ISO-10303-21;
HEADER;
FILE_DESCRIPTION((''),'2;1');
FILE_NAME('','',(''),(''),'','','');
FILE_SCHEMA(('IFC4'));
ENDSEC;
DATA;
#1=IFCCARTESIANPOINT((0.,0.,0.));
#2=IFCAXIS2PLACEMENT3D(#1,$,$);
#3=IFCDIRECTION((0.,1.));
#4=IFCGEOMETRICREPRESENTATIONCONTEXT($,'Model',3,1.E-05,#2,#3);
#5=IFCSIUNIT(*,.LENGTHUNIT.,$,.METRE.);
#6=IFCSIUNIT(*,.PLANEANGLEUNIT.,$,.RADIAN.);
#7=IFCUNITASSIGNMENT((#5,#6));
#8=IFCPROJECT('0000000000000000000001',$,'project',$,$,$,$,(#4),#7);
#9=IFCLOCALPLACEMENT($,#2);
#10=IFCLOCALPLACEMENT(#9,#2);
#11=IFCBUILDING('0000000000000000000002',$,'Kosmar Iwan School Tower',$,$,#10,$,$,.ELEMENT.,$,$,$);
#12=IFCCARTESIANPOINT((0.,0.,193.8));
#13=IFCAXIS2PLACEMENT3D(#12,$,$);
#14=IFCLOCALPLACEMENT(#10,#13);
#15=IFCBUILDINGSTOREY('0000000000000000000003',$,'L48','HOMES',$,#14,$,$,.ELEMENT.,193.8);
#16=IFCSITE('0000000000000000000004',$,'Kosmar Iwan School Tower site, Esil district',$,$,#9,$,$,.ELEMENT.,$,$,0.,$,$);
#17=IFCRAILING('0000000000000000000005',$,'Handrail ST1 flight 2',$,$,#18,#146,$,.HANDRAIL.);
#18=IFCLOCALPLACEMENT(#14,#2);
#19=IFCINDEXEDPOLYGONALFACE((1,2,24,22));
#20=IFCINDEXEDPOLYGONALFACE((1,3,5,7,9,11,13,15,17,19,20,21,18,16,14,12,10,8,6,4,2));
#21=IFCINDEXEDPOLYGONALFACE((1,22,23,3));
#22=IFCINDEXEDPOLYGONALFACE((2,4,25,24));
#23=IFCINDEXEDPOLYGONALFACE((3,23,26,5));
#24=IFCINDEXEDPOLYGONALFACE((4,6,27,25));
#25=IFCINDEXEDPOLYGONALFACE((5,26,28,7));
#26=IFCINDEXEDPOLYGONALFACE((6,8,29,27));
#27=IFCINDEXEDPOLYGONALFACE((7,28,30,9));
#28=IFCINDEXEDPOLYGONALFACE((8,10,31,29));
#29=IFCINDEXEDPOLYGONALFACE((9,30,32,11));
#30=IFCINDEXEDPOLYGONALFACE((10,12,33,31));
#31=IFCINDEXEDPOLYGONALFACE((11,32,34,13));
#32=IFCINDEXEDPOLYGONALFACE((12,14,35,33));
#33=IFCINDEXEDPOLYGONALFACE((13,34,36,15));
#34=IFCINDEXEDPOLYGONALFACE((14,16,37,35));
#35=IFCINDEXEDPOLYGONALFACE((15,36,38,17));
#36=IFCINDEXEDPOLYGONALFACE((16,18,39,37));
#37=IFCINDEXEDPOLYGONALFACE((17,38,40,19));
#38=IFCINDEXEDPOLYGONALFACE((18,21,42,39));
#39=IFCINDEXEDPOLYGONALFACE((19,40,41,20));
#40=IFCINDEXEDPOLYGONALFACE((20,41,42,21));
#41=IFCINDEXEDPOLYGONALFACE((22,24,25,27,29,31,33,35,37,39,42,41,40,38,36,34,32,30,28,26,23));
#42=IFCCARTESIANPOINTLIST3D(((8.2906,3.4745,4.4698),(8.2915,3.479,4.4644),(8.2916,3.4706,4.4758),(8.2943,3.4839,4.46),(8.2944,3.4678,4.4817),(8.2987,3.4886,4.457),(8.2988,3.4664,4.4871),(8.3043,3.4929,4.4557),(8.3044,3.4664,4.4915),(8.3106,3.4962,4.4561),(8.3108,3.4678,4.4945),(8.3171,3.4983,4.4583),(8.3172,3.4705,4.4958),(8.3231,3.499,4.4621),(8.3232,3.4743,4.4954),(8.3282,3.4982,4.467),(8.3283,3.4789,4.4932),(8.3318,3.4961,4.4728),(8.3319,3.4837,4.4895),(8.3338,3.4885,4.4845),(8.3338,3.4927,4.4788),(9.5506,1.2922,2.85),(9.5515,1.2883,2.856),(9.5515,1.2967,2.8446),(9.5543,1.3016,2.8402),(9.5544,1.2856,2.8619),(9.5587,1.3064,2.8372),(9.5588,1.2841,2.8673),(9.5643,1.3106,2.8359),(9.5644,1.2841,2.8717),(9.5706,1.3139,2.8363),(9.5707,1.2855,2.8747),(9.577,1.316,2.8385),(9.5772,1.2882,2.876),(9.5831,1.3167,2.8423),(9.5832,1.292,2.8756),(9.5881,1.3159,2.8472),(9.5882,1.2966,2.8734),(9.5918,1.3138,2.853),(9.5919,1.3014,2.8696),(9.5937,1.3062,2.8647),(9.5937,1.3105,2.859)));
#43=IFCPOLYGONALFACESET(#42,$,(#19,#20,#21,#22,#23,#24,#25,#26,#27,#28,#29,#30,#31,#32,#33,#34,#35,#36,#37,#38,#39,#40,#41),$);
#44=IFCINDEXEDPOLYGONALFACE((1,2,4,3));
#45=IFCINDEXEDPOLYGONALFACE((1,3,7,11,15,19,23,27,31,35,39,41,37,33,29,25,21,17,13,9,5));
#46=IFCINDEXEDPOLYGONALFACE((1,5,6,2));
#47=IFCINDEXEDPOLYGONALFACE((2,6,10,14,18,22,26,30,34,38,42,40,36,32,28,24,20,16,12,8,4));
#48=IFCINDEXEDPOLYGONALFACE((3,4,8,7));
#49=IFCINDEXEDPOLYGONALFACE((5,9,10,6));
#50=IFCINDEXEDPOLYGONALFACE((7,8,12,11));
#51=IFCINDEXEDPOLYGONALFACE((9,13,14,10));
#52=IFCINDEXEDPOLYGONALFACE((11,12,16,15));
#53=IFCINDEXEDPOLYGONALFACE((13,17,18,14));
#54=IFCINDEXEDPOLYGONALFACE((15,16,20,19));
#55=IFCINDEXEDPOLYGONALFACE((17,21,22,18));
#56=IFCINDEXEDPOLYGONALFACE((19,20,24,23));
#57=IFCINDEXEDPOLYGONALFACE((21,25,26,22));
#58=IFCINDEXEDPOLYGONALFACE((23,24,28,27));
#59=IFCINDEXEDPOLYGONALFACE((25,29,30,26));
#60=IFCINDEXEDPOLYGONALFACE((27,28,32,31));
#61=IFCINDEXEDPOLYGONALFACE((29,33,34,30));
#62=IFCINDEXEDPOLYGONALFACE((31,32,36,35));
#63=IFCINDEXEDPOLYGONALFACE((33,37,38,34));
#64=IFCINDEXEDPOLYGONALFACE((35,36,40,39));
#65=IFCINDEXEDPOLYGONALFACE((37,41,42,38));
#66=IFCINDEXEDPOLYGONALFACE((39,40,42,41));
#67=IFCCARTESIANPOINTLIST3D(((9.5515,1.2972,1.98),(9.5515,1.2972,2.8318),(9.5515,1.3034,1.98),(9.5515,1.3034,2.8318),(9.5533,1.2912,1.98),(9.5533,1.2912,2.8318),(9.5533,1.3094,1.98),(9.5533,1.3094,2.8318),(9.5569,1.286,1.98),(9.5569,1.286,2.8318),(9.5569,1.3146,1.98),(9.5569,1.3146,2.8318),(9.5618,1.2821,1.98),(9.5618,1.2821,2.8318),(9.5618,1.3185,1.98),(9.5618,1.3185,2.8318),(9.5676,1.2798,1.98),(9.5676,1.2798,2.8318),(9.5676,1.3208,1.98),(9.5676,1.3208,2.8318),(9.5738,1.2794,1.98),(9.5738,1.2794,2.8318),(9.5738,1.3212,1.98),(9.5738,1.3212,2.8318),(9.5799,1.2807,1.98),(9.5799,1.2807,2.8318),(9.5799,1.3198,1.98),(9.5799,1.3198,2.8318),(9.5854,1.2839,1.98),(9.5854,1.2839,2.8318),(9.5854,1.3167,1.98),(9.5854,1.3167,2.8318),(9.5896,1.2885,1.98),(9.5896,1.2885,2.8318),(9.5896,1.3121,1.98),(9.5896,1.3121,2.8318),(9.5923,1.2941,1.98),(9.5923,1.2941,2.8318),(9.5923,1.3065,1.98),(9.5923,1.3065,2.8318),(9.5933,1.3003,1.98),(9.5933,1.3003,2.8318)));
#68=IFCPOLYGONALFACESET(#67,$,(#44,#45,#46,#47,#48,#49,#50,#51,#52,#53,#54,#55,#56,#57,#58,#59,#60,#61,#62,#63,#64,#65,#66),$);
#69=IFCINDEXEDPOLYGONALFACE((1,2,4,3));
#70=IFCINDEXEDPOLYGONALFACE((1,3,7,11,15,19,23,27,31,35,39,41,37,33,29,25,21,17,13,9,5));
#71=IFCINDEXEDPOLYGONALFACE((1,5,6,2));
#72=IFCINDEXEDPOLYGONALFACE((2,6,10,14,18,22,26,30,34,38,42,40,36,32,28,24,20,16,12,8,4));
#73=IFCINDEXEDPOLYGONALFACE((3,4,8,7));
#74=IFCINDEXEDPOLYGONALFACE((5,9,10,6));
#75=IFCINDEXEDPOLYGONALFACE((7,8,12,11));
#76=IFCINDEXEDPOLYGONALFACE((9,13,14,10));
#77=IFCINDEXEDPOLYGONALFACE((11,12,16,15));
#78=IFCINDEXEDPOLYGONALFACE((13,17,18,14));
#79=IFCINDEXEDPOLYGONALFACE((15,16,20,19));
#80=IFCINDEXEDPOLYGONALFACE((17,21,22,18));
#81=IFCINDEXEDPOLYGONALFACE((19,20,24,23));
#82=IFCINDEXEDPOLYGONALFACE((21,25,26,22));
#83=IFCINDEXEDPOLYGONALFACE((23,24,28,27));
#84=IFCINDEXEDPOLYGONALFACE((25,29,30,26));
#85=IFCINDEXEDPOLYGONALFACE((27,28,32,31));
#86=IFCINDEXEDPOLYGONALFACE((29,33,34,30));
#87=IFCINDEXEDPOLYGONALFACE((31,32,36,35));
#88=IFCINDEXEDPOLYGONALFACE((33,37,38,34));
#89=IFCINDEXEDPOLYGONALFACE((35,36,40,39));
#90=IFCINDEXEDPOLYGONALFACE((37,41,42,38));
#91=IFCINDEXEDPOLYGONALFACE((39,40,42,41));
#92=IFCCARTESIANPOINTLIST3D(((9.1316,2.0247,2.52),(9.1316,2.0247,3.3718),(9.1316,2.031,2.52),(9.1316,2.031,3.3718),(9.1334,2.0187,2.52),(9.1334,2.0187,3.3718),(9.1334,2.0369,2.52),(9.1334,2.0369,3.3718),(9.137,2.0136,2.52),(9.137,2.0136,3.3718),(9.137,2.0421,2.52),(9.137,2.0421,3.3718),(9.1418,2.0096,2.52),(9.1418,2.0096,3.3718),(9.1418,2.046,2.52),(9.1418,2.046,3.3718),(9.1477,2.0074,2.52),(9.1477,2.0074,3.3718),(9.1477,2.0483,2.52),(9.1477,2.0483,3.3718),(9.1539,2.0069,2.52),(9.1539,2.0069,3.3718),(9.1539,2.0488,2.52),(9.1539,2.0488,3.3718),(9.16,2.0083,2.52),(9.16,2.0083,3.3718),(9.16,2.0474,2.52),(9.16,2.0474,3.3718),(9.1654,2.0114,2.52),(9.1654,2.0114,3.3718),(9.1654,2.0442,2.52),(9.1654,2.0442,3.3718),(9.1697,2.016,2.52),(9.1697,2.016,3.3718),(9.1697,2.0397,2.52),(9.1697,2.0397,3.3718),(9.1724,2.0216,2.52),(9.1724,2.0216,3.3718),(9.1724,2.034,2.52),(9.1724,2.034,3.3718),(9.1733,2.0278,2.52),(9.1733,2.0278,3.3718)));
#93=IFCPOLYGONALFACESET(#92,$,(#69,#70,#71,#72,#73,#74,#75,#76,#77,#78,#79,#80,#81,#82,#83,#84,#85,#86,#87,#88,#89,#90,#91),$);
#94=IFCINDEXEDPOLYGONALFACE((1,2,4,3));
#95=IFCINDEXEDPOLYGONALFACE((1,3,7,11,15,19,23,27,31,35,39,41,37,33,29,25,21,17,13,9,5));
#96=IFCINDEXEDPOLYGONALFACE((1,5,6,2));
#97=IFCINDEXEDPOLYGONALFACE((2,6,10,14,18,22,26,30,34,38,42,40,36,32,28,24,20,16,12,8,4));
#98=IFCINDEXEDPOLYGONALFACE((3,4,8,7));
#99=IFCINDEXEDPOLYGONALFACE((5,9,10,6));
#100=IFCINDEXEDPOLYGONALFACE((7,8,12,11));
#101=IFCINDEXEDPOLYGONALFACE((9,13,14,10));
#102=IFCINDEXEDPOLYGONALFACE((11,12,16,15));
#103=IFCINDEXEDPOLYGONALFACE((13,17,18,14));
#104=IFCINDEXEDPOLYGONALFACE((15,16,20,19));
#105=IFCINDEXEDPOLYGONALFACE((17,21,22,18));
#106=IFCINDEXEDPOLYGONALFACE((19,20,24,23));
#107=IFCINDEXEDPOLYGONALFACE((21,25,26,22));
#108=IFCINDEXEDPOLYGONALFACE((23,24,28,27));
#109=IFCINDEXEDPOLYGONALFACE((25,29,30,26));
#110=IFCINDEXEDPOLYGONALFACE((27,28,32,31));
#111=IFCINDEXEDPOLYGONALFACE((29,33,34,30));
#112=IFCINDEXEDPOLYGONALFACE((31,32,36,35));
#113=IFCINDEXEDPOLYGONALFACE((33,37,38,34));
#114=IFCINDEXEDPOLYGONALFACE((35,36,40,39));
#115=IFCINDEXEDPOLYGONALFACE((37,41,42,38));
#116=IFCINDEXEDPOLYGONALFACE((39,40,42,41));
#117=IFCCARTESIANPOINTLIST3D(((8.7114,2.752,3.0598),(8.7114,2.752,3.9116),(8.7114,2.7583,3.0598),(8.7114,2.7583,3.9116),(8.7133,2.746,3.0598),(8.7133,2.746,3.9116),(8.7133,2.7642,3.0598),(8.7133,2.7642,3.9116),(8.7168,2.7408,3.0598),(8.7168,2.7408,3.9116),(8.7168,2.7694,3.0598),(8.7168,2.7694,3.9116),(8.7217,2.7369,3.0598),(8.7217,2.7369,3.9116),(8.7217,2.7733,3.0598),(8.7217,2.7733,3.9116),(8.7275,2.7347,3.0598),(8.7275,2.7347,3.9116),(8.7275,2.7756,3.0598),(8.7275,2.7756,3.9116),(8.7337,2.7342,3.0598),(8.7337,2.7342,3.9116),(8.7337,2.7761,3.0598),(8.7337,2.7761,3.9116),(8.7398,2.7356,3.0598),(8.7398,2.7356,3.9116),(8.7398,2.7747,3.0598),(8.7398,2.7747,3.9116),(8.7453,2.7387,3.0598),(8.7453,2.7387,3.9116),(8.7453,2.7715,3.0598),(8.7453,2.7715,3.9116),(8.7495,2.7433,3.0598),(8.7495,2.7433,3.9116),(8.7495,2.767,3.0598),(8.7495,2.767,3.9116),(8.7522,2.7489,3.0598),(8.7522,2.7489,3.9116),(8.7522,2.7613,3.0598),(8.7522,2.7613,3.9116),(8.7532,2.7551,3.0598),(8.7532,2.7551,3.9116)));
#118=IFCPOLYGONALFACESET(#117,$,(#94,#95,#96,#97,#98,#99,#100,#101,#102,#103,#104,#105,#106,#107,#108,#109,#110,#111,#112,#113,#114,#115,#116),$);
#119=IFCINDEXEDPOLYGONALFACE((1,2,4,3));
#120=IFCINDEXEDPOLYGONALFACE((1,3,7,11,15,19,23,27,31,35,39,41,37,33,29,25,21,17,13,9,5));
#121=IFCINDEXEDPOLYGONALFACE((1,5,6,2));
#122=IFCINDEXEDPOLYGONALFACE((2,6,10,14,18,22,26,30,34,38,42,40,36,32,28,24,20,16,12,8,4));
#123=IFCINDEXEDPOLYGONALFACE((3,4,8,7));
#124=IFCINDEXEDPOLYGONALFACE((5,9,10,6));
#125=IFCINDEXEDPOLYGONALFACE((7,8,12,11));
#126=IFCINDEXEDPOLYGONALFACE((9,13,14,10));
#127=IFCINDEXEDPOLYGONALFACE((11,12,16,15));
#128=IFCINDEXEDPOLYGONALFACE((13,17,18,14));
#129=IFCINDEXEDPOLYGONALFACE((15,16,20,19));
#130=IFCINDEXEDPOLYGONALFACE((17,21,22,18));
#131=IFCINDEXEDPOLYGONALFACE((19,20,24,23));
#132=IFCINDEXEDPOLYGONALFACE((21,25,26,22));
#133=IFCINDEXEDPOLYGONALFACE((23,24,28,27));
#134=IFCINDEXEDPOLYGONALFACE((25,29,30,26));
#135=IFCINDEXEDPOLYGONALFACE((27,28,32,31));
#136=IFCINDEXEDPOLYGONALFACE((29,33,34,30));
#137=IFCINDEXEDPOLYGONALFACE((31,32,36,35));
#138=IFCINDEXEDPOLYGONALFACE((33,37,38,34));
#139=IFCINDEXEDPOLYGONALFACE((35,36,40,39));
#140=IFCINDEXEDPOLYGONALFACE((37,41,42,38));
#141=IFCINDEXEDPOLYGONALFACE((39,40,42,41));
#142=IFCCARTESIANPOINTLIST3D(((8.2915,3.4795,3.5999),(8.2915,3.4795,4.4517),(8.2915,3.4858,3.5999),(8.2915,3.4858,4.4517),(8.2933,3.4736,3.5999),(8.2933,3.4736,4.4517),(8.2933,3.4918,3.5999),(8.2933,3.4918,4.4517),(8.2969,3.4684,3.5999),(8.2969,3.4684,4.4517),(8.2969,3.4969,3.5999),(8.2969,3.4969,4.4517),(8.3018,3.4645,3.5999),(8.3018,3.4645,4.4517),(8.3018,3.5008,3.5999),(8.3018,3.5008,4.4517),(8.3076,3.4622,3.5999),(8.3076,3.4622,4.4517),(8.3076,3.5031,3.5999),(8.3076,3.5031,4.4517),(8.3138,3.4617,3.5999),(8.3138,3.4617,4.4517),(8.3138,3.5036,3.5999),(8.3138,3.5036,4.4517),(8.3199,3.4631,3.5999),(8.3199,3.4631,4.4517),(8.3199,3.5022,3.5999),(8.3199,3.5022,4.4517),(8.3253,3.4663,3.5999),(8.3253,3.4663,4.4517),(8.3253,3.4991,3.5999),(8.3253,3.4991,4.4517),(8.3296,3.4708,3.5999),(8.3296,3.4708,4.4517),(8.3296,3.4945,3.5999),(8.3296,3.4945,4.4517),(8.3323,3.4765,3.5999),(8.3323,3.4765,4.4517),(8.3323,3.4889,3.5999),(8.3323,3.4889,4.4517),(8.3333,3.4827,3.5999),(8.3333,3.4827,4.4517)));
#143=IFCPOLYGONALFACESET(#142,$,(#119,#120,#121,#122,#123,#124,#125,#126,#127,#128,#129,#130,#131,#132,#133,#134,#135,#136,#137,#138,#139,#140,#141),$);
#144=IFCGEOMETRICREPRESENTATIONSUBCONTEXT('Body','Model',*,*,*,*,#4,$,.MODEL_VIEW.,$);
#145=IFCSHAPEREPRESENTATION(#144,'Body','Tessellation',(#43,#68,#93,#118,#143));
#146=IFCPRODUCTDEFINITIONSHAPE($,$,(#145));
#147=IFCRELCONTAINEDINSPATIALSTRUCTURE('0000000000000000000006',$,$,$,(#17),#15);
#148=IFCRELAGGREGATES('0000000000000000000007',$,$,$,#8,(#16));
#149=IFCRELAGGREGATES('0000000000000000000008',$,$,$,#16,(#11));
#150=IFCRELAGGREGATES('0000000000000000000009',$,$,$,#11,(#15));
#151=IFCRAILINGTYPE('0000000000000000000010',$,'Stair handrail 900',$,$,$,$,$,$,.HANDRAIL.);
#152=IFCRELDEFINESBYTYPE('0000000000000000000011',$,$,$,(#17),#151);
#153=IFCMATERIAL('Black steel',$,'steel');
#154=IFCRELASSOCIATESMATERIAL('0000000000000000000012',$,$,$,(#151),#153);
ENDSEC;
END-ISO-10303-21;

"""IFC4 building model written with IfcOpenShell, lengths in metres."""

from ifc_helpers import new_model, si_unit, direction, frame, origin, origin_2d, place, context, subcontext, project, spatial, circle, extrude, material, type_object, element, save


model = new_model("IFC4")

# Units and contexts
model_context = context("Model", 3, precision=1e-05, world=origin(), true_north=direction((0.0, 1.0)))
body_context = subcontext(model_context, "Body", "Model", "MODEL_VIEW")
ifc_project = project(units=[si_unit("LENGTHUNIT", "METRE"), si_unit("PLANEANGLEUNIT", "RADIAN")], contexts=[model_context])

# Site, building, storey
site_placement = place(None, origin())
site = spatial("IfcSite", under=ifc_project, at=site_placement, Name="Kosmar Iwan School Tower site, Esil district", CompositionType="ELEMENT", RefElevation=0.0)
building_placement = place(site_placement, origin())
building = spatial("IfcBuilding", under=site, at=building_placement, Name="Kosmar Iwan School Tower", CompositionType="ELEMENT")
storey_placement = place(building_placement, frame((0.0, 0.0, 193.8)))
storey = spatial("IfcBuildingStorey", under=building, at=storey_placement, Name="L48", Description="HOMES", CompositionType="ELEMENT", Elevation=193.8)

# Railing
ifc_material_1 = material(Name="Black steel", Category="steel")
railing_type = type_object("IfcRailingType", Name="Stair handrail 900", PredefinedType="HANDRAIL", material=ifc_material_1)
railing_placement = place(storey_placement, frame((9.5723, 1.3003, 1.98)))
element("IfcRailing", 1, at=railing_placement, inside=storey, type_object=railing_type, Name="Handrail ST1 flight 2", PredefinedType="HANDRAIL", context=body_context, shape_type="SweptSolid", body=[
    extrude(circle(Radius=0.0239, at=origin_2d()), frame((0.0, 0.0, 0.876), z_axis=(-0.420603, 0.728496, 0.540728), x_axis=(-0.866023, -0.500005, 0.0)), (0.0, 0.0, 1.0), 2.9956),
    extrude(circle(Radius=0.021, at=origin_2d()), origin(), (0.0, 0.0, 1.0), 0.8518),
    extrude(circle(Radius=0.021, at=origin_2d()), frame((-0.4199, 0.7275, 0.54)), (0.0, 0.0, 1.0), 0.8518),
    extrude(circle(Radius=0.021, at=origin_2d()), frame((-0.8401, 1.4548, 1.0798)), (0.0, 0.0, 1.0), 0.8518),
    extrude(circle(Radius=0.021, at=origin_2d()), frame((-1.26, 2.1824, 1.6199)), (0.0, 0.0, 1.0), 0.8518),
])

save(model, "model.ifc")
